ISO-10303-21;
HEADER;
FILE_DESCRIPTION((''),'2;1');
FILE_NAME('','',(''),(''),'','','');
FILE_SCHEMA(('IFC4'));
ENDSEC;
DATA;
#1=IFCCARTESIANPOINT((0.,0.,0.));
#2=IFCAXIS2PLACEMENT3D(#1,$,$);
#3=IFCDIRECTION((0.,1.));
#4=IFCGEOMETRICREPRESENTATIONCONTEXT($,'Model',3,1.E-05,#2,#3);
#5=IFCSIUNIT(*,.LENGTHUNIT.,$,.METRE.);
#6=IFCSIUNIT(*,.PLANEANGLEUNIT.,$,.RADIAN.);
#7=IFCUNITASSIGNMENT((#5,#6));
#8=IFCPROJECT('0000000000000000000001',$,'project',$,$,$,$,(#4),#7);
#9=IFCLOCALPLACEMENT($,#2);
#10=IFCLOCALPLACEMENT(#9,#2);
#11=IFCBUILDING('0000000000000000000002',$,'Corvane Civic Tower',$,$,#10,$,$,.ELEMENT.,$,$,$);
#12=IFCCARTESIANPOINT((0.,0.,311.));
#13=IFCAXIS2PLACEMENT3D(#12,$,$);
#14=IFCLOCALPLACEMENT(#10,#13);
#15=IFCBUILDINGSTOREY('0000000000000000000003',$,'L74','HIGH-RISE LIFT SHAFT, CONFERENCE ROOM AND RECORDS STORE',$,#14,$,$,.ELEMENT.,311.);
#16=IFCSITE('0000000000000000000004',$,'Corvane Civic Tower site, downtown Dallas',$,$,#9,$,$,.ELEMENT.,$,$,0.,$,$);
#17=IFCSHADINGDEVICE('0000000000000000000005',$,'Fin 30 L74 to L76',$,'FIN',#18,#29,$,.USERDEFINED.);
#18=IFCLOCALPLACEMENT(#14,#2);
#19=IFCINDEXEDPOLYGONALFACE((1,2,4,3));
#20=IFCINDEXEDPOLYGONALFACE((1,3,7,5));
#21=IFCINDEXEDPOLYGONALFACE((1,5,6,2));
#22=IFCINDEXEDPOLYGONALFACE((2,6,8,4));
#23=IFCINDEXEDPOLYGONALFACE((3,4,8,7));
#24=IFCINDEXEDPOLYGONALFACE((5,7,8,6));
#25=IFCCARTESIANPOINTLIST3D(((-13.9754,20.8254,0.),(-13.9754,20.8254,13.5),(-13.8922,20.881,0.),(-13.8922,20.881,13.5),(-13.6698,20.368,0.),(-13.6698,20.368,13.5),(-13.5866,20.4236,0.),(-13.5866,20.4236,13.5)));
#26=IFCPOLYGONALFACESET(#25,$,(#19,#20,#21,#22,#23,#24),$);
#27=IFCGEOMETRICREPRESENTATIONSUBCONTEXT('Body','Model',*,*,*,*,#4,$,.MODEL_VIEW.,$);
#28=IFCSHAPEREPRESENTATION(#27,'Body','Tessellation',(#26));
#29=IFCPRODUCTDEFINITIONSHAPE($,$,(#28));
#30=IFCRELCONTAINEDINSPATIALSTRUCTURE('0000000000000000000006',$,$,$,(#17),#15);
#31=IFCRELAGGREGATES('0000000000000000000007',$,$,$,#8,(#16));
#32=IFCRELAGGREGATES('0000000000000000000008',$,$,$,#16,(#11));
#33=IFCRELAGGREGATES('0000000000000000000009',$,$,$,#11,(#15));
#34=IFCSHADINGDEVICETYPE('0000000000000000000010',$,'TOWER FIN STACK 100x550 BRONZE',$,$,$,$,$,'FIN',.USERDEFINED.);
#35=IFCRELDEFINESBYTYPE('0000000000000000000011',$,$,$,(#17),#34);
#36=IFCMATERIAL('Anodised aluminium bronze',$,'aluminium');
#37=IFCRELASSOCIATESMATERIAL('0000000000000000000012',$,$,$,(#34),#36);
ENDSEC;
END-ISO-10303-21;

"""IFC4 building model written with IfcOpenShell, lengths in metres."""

from ifc_helpers import new_model, si_unit, direction, frame, origin, origin_2d, place, context, subcontext, project, spatial, rectangle, extrude, material, material_profile, profile_set, type_object, element, save


model = new_model("IFC4")

# Units and contexts
model_context = context("Model", 3, precision=1e-05, world=origin(), true_north=direction((0.0, 1.0)))
body_context = subcontext(model_context, "Body", "Model", "MODEL_VIEW")
ifc_project = project(units=[si_unit("LENGTHUNIT", "METRE"), si_unit("PLANEANGLEUNIT", "RADIAN")], contexts=[model_context])

# Site, building, storey
site_placement = place(None, origin())
site = spatial("IfcSite", under=ifc_project, at=site_placement, Name="Corvane Civic Tower site, downtown Dallas", CompositionType="ELEMENT", RefElevation=0.0)
building_placement = place(site_placement, origin())
building = spatial("IfcBuilding", under=site, at=building_placement, Name="Corvane Civic Tower", CompositionType="ELEMENT")
storey_placement = place(building_placement, frame((0.0, 0.0, 311.0)))
storey = spatial("IfcBuildingStorey", under=building, at=storey_placement, Name="L74", Description="HIGH-RISE LIFT SHAFT, CONFERENCE ROOM AND RECORDS STORE", CompositionType="ELEMENT", Elevation=311.0)

# Shading device
ifc_material_1 = material(Name="Anodised aluminium bronze", Category="aluminium")
ifc_material_profile_1 = material_profile(ifc_material_1, rectangle(XDim=0.1001, YDim=0.55, at=origin_2d()), Name="TOWER FIN STACK 100x550 BRONZE")
ifc_profile_set_1 = profile_set([ifc_material_profile_1], Name="Anodised aluminium bronze")
shading_device_type = type_object("IfcShadingDeviceType", Name="TOWER FIN STACK 100x550 BRONZE", ElementType="FIN", PredefinedType="USERDEFINED", material=ifc_profile_set_1)
for number, where, z_axis, x_axis, name in (
    (1, (-13.781, 20.6245, 0.0), (0.0, 0.0, 1.0), (0.83147, 0.55557, 0.0), "Fin 30 L74 to L76"),
):
    element("IfcShadingDevice", number, at=place(storey_placement, frame(where, z_axis=z_axis, x_axis=x_axis)), inside=storey, type_object=shading_device_type, Name=name, ObjectType="FIN", PredefinedType="USERDEFINED", context=body_context, shape_type="SweptSolid", body=[
        extrude(rectangle(XDim=0.1001, YDim=0.55, at=origin_2d()), origin(), (0.0, 0.0, 1.0), 13.5),
    ])

save(model, "model.ifc")
